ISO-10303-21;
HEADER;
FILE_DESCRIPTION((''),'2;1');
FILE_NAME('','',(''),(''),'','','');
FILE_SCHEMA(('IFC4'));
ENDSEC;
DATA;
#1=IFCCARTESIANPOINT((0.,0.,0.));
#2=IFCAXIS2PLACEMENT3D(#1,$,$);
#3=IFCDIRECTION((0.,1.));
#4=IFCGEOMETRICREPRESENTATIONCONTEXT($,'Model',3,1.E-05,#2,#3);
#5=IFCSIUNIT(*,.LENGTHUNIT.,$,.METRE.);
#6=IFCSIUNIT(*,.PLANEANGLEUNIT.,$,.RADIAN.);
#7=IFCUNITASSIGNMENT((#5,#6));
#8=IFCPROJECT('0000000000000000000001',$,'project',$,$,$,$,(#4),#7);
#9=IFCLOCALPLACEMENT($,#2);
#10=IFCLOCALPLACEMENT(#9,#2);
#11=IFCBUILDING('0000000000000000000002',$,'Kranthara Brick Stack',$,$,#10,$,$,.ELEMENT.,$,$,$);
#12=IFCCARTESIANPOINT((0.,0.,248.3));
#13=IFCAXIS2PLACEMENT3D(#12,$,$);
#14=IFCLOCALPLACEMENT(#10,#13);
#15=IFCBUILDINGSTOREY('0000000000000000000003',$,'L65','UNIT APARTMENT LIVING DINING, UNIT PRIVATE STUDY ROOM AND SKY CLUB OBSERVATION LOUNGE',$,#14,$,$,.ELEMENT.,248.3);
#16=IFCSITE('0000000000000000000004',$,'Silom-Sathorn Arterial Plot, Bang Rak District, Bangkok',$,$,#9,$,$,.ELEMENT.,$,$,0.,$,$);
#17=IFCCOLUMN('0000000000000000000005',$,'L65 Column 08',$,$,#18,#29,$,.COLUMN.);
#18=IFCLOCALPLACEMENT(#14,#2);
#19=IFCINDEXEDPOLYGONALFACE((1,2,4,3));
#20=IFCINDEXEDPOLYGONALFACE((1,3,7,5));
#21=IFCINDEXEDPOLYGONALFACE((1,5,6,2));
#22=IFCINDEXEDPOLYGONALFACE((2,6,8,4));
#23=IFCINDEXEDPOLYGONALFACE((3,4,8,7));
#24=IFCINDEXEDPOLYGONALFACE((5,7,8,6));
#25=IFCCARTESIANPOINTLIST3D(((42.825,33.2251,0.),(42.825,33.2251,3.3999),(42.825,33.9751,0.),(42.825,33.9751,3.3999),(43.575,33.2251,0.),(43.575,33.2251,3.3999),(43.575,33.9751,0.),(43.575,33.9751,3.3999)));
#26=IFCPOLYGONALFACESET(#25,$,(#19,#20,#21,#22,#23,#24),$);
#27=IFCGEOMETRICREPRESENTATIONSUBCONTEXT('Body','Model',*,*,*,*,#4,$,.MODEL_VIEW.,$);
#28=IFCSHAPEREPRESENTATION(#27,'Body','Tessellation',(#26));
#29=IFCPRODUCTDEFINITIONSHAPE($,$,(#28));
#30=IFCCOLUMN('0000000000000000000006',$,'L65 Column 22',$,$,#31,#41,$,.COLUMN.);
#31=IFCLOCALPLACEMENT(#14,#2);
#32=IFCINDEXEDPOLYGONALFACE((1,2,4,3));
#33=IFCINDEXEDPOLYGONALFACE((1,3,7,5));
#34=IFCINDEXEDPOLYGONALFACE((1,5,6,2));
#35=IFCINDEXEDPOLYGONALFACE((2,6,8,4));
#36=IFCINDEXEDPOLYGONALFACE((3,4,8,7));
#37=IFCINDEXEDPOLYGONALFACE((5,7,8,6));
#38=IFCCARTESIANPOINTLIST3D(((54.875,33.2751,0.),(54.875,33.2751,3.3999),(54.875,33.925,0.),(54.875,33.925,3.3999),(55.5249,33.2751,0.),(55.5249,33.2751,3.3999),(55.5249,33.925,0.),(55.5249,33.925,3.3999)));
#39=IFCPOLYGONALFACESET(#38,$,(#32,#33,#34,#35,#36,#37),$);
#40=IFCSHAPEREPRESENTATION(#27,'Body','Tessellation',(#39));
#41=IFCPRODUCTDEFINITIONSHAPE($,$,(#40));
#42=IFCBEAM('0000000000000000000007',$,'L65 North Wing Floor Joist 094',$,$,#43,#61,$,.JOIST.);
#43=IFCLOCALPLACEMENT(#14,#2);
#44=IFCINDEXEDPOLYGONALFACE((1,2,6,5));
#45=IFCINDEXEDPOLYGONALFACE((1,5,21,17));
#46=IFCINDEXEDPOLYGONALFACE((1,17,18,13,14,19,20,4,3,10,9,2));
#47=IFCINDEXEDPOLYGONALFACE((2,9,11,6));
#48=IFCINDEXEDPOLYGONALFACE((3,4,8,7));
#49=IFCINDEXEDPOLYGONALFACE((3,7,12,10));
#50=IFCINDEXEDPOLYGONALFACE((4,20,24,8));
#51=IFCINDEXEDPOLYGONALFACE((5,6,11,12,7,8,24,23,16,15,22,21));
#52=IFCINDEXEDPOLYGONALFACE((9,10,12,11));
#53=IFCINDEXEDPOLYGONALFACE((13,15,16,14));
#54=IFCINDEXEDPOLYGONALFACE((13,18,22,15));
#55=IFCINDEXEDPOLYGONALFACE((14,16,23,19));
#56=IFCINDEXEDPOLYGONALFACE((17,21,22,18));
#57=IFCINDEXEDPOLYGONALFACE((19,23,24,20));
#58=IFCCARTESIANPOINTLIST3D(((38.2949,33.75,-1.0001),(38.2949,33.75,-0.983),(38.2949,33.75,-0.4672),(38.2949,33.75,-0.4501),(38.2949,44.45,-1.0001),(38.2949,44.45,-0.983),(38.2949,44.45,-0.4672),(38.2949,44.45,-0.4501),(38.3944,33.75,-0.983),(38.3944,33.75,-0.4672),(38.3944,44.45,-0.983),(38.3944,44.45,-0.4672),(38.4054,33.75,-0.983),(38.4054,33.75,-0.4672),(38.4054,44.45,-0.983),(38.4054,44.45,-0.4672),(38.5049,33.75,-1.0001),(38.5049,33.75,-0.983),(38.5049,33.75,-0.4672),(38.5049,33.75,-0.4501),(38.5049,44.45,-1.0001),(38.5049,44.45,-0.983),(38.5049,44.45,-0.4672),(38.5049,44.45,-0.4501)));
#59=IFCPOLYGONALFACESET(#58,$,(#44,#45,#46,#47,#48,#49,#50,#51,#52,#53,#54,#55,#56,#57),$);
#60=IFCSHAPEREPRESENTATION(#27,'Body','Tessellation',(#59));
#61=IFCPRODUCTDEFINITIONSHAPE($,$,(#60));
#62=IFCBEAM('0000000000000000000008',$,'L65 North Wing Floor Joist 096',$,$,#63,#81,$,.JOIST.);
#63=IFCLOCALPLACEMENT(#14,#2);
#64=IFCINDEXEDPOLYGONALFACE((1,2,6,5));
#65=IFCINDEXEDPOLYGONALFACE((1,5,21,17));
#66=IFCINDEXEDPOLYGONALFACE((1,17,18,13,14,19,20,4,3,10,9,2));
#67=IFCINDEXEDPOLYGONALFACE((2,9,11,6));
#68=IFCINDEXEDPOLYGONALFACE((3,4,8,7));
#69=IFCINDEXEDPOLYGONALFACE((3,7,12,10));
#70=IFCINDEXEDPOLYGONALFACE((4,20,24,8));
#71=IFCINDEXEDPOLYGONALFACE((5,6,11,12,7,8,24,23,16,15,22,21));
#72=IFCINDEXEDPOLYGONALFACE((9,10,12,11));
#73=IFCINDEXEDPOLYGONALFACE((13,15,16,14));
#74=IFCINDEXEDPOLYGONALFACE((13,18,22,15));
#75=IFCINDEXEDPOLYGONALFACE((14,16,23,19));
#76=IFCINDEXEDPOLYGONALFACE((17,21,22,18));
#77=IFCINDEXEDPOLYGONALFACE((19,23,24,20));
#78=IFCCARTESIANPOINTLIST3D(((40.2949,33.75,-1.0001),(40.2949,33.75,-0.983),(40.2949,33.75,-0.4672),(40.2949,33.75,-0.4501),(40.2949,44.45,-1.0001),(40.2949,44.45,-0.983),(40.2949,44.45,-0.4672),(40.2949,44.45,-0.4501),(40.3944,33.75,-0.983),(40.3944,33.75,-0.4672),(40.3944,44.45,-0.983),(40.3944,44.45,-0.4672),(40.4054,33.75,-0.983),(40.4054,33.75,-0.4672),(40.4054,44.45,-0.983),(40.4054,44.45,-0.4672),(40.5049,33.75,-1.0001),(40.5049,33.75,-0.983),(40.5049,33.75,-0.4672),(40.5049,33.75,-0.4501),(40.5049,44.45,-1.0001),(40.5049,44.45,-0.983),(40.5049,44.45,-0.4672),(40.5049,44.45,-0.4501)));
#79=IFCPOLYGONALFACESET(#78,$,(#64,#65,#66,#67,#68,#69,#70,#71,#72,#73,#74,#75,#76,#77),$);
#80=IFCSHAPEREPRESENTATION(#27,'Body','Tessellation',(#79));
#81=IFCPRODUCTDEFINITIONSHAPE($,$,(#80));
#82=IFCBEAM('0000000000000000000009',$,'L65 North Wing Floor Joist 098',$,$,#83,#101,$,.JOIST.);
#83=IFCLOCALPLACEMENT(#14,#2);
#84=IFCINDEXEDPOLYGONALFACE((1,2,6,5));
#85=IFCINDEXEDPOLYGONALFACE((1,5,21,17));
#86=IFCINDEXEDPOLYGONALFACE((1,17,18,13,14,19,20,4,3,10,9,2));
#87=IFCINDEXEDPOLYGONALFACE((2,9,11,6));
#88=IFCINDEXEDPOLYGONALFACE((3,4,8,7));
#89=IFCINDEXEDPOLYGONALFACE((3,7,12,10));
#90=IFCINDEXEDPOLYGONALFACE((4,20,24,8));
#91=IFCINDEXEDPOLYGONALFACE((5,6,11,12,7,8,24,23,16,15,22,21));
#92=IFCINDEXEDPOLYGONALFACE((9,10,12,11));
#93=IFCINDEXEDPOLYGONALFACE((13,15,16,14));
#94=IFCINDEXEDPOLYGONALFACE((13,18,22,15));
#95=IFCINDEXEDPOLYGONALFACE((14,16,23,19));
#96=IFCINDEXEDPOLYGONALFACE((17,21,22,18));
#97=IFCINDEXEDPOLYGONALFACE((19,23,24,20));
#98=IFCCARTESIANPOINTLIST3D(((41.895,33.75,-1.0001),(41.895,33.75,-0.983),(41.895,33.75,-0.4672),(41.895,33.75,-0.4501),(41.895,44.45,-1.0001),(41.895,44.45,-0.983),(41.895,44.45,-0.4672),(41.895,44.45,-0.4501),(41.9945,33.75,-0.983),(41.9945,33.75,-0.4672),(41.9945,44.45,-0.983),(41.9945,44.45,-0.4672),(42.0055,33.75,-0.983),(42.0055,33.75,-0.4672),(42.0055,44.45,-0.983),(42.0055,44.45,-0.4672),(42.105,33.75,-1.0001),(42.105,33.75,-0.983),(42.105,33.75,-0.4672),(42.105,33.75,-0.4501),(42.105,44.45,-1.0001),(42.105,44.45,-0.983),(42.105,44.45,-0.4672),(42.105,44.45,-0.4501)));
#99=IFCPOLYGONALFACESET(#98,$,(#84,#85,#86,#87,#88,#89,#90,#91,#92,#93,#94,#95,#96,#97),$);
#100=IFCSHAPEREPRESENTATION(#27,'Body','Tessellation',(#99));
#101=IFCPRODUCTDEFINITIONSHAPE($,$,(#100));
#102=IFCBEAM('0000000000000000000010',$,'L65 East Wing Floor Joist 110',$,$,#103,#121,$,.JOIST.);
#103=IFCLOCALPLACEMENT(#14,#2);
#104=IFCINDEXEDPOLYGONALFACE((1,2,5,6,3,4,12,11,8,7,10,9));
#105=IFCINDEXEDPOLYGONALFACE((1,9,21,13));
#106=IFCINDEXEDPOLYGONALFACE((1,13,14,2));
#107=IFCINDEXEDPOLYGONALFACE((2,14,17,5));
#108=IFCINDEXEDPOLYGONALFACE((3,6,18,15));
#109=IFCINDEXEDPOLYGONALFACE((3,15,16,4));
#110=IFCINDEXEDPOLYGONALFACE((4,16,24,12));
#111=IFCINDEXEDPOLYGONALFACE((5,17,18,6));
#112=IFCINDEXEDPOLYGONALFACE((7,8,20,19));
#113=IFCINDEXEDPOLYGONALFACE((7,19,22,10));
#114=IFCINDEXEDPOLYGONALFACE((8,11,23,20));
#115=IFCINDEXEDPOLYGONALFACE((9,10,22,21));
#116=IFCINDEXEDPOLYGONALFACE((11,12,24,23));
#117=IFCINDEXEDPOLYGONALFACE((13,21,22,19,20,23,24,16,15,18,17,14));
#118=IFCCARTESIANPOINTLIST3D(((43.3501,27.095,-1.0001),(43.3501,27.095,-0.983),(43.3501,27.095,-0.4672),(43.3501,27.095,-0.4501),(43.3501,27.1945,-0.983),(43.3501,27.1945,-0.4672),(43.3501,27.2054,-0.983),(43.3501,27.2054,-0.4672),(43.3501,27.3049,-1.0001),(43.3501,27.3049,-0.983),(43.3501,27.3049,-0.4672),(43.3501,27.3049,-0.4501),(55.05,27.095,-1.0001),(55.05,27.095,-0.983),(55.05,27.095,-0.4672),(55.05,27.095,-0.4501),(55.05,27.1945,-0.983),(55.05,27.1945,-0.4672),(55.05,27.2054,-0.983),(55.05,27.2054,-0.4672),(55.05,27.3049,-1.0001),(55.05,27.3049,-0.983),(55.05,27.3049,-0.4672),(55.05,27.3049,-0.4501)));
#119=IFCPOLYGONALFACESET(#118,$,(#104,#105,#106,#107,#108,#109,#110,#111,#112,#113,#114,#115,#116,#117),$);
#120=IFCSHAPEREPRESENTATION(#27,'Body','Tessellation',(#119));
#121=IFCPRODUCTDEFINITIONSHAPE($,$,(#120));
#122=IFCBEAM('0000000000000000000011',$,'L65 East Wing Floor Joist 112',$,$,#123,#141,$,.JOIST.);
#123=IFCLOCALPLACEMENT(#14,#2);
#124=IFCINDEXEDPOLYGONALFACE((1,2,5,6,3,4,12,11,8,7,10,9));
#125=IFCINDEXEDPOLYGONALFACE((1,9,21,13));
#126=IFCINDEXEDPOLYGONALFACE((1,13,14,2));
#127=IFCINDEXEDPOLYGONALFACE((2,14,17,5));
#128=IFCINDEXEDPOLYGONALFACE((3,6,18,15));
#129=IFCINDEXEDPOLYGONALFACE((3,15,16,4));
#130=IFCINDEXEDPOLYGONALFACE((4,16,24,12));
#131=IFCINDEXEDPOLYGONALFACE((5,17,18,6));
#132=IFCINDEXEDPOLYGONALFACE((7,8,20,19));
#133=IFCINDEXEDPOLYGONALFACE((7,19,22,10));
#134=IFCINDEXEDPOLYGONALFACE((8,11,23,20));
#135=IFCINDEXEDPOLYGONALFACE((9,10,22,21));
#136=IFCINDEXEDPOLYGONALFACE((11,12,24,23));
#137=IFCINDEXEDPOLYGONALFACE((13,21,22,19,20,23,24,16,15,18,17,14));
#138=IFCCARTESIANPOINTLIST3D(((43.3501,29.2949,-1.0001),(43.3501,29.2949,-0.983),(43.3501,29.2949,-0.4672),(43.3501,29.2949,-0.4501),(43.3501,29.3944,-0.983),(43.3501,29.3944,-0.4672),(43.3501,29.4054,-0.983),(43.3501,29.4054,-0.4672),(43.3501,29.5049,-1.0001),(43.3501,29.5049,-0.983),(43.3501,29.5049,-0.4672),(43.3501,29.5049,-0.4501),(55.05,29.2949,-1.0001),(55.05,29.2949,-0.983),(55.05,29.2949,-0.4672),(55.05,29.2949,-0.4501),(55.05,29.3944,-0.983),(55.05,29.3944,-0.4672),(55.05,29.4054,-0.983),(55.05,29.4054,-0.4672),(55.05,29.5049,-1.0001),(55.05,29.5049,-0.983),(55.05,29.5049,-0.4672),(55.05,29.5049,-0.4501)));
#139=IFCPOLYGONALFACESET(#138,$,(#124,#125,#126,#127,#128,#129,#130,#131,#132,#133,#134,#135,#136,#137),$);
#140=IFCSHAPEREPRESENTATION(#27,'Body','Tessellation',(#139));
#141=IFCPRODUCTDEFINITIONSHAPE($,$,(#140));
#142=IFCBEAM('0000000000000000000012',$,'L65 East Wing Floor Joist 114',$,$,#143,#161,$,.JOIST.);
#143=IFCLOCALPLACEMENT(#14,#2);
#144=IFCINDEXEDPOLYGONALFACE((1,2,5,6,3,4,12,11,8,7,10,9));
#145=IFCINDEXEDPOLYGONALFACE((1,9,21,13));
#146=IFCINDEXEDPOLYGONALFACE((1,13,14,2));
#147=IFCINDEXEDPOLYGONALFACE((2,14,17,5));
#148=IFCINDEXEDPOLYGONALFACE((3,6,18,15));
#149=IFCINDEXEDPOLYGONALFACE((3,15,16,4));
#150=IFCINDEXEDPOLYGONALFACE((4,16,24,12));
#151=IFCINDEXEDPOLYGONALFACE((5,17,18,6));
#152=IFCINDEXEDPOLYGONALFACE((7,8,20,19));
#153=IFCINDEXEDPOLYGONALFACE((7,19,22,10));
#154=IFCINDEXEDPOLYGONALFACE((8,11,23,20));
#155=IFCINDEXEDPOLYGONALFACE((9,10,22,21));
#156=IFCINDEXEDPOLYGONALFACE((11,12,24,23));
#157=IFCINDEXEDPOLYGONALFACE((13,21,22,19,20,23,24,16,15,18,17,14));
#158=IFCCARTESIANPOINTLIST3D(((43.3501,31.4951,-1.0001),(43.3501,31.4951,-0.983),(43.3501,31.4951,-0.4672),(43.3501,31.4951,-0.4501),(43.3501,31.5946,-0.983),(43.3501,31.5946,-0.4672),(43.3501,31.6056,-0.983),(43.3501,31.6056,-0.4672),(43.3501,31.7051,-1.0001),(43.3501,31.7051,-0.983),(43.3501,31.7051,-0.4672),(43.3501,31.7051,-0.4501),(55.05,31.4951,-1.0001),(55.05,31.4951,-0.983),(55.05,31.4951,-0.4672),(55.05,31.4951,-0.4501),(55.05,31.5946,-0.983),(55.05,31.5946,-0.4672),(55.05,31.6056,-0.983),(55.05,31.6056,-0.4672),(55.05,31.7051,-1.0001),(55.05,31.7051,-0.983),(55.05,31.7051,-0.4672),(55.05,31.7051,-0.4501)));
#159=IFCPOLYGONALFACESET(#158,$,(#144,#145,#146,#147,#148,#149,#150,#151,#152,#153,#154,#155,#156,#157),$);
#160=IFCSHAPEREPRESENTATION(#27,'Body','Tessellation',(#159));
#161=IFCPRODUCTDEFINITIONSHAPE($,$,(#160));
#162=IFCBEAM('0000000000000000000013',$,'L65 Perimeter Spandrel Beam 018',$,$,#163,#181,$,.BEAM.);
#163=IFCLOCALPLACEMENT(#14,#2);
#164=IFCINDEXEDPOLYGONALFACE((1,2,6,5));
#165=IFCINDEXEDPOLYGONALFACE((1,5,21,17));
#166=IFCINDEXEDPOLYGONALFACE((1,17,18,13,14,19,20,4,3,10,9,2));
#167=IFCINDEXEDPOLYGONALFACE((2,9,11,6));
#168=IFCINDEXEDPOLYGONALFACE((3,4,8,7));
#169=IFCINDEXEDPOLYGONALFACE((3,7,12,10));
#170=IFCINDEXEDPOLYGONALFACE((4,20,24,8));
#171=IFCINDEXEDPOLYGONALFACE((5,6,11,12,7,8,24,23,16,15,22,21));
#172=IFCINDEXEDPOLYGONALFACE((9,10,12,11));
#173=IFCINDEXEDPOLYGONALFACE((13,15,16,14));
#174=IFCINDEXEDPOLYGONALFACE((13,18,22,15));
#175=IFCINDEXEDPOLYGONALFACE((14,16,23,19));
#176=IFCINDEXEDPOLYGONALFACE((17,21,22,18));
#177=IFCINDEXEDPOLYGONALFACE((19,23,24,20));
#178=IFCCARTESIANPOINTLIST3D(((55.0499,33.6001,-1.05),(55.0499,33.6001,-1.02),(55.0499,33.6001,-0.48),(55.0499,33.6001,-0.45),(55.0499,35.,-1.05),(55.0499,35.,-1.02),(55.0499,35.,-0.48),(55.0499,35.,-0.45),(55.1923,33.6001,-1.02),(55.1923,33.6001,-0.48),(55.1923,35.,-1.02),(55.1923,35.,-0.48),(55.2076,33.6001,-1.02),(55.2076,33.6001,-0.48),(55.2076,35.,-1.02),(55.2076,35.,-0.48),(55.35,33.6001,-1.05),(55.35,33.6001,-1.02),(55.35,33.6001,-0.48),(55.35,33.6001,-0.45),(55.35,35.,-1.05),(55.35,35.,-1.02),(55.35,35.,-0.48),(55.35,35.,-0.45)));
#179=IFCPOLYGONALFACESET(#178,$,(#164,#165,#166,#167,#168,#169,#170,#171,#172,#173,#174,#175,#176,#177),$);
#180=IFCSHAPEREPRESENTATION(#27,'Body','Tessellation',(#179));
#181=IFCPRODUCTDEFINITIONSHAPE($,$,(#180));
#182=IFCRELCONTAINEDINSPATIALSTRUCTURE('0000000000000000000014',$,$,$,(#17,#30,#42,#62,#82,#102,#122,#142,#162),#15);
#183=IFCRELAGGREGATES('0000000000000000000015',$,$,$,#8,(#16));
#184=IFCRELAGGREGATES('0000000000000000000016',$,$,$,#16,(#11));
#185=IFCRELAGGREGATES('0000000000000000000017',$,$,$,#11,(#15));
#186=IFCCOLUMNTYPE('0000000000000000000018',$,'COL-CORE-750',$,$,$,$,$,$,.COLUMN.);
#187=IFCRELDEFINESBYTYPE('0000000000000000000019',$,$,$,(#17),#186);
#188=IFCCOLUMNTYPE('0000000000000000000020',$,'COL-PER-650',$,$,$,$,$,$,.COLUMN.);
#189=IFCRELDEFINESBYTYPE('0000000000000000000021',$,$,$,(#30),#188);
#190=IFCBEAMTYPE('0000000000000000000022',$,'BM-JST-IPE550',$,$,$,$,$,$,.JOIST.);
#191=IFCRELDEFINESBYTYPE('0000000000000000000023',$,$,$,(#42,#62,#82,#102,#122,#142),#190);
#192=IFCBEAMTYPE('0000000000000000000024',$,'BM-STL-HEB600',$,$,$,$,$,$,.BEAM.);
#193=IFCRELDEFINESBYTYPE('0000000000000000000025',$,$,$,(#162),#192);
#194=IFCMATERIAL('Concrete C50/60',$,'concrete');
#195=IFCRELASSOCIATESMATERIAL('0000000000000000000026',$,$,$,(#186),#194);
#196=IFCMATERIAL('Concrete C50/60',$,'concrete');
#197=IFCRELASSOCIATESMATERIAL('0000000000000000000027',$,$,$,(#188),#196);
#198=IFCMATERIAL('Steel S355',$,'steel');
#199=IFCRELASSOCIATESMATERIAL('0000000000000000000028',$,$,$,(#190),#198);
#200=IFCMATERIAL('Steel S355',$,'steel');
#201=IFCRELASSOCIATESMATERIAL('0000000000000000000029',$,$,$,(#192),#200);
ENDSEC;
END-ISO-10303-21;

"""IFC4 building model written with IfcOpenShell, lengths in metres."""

from ifc_helpers import new_model, si_unit, direction, frame, origin, origin_2d, place, context, subcontext, project, spatial, rectangle, i_section, extrude, material, material_profile, profile_set, type_object, element, save


model = new_model("IFC4")

# Units and contexts
model_context = context("Model", 3, precision=1e-05, world=origin(), true_north=direction((0.0, 1.0)))
body_context = subcontext(model_context, "Body", "Model", "MODEL_VIEW")
ifc_project = project(units=[si_unit("LENGTHUNIT", "METRE"), si_unit("PLANEANGLEUNIT", "RADIAN")], contexts=[model_context])

# Site, building, storey
site_placement = place(None, origin())
site = spatial("IfcSite", under=ifc_project, at=site_placement, Name="Silom-Sathorn Arterial Plot, Bang Rak District, Bangkok", CompositionType="ELEMENT", RefElevation=0.0)
building_placement = place(site_placement, origin())
building = spatial("IfcBuilding", under=site, at=building_placement, Name="Kranthara Brick Stack", CompositionType="ELEMENT")
storey_placement = place(building_placement, frame((0.0, 0.0, 248.3)))
storey = spatial("IfcBuildingStorey", under=building, at=storey_placement, Name="L65", Description="UNIT APARTMENT LIVING DINING, UNIT PRIVATE STUDY ROOM AND SKY CLUB OBSERVATION LOUNGE", CompositionType="ELEMENT", Elevation=248.3)

# Columns
ifc_material_1 = material(Name="Concrete C50/60", Category="concrete")
ifc_material_profile_1 = material_profile(ifc_material_1, rectangle(XDim=0.75, YDim=0.75, at=origin_2d()), Name="RC 750x750")
ifc_profile_set_1 = profile_set([ifc_material_profile_1], Name="Concrete C50/60")
column_type_1 = type_object("IfcColumnType", Name="COL-CORE-750", PredefinedType="COLUMN", material=ifc_profile_set_1)
column_1_placement = place(storey_placement, frame((43.2, 33.6001, 0.0), z_axis=(0.0, 0.0, 1.0), x_axis=(1.0, 0.0, 0.0)))
element("IfcColumn", 1, at=column_1_placement, inside=storey, type_object=column_type_1, Name="L65 Column 08", PredefinedType="COLUMN", context=body_context, shape_type="SweptSolid", body=[
    extrude(rectangle(XDim=0.75, YDim=0.75, at=origin_2d()), origin(), (0.0, 0.0, 1.0), 3.3999),
])
ifc_material_2 = material(Name="Concrete C50/60", Category="concrete")
ifc_material_profile_2 = material_profile(ifc_material_2, rectangle(XDim=0.6499, YDim=0.6499, at=origin_2d()), Name="RC 650x650")
ifc_profile_set_2 = profile_set([ifc_material_profile_2], Name="Concrete C50/60")
column_type_2 = type_object("IfcColumnType", Name="COL-PER-650", PredefinedType="COLUMN", material=ifc_profile_set_2)
column_2_placement = place(storey_placement, frame((55.2, 33.6001, 0.0), z_axis=(0.0, 0.0, 1.0), x_axis=(1.0, 0.0, 0.0)))
element("IfcColumn", 2, at=column_2_placement, inside=storey, type_object=column_type_2, Name="L65 Column 22", PredefinedType="COLUMN", context=body_context, shape_type="SweptSolid", body=[
    extrude(rectangle(XDim=0.6499, YDim=0.6499, at=origin_2d()), origin(), (0.0, 0.0, 1.0), 3.3999),
])

# Beams
ifc_material_3 = material(Name="Steel S355", Category="steel")
ifc_material_profile_3 = material_profile(ifc_material_3, i_section(OverallWidth=0.21, OverallDepth=0.55, WebThickness=0.011, FlangeThickness=0.0171, at=origin_2d()), Name="IPE 550")
ifc_profile_set_3 = profile_set([ifc_material_profile_3], Name="Steel S355")
beam_type_1 = type_object("IfcBeamType", Name="BM-JST-IPE550", PredefinedType="JOIST", material=ifc_profile_set_3)
for number, where, z_axis, x_axis, name in (
    (3, (38.3999, 33.75, -0.7251), (0.0, 1.0, 0.0), (-1.0, 0.0, 0.0), "L65 North Wing Floor Joist 094"),
    (4, (40.3999, 33.75, -0.7251), (0.0, 1.0, 0.0), (-1.0, 0.0, 0.0), "L65 North Wing Floor Joist 096"),
    (5, (42.0, 33.75, -0.7251), (0.0, 1.0, 0.0), (-1.0, 0.0, 0.0), "L65 North Wing Floor Joist 098"),
):
    element("IfcBeam", number, at=place(storey_placement, frame(where, z_axis=z_axis, x_axis=x_axis)), inside=storey, type_object=beam_type_1, Name=name, PredefinedType="JOIST", context=body_context, shape_type="SweptSolid", body=[
        extrude(i_section(OverallWidth=0.21, OverallDepth=0.55, WebThickness=0.011, FlangeThickness=0.0171, at=origin_2d()), origin(), (0.0, 0.0, 1.0), 10.7),
    ])
for number, where, z_axis, x_axis, name in (
    (6, (43.3501, 27.2, -0.7251), (1.0, 0.0, 0.0), (0.0, 1.0, 0.0), "L65 East Wing Floor Joist 110"),
    (7, (43.3501, 29.3999, -0.7251), (1.0, 0.0, 0.0), (0.0, 1.0, 0.0), "L65 East Wing Floor Joist 112"),
    (8, (43.3501, 31.6001, -0.7251), (1.0, 0.0, 0.0), (0.0, 1.0, 0.0), "L65 East Wing Floor Joist 114"),
):
    element("IfcBeam", number, at=place(storey_placement, frame(where, z_axis=z_axis, x_axis=x_axis)), inside=storey, type_object=beam_type_1, Name=name, PredefinedType="JOIST", context=body_context, shape_type="SweptSolid", body=[
        extrude(i_section(OverallWidth=0.21, OverallDepth=0.55, WebThickness=0.011, FlangeThickness=0.0171, at=origin_2d()), origin(), (0.0, 0.0, 1.0), 11.7),
    ])
ifc_material_4 = material(Name="Steel S355", Category="steel")
ifc_material_profile_4 = material_profile(ifc_material_4, i_section(OverallWidth=0.3, OverallDepth=0.6001, WebThickness=0.0154, FlangeThickness=0.03, at=origin_2d()), Name="HEB 600")
ifc_profile_set_4 = profile_set([ifc_material_profile_4], Name="Steel S355")
beam_type_2 = type_object("IfcBeamType", Name="BM-STL-HEB600", PredefinedType="BEAM", material=ifc_profile_set_4)
beam_1_placement = place(storey_placement, frame((55.2, 33.6001, -0.75), z_axis=(0.0, 1.0, 0.0), x_axis=(-1.0, 0.0, 0.0)))
element("IfcBeam", 9, at=beam_1_placement, inside=storey, type_object=beam_type_2, Name="L65 Perimeter Spandrel Beam 018", PredefinedType="BEAM", context=body_context, shape_type="SweptSolid", body=[
    extrude(i_section(OverallWidth=0.3, OverallDepth=0.6001, WebThickness=0.0154, FlangeThickness=0.03, at=origin_2d()), origin(), (0.0, 0.0, 1.0), 1.3999),
])

save(model, "model.ifc")
